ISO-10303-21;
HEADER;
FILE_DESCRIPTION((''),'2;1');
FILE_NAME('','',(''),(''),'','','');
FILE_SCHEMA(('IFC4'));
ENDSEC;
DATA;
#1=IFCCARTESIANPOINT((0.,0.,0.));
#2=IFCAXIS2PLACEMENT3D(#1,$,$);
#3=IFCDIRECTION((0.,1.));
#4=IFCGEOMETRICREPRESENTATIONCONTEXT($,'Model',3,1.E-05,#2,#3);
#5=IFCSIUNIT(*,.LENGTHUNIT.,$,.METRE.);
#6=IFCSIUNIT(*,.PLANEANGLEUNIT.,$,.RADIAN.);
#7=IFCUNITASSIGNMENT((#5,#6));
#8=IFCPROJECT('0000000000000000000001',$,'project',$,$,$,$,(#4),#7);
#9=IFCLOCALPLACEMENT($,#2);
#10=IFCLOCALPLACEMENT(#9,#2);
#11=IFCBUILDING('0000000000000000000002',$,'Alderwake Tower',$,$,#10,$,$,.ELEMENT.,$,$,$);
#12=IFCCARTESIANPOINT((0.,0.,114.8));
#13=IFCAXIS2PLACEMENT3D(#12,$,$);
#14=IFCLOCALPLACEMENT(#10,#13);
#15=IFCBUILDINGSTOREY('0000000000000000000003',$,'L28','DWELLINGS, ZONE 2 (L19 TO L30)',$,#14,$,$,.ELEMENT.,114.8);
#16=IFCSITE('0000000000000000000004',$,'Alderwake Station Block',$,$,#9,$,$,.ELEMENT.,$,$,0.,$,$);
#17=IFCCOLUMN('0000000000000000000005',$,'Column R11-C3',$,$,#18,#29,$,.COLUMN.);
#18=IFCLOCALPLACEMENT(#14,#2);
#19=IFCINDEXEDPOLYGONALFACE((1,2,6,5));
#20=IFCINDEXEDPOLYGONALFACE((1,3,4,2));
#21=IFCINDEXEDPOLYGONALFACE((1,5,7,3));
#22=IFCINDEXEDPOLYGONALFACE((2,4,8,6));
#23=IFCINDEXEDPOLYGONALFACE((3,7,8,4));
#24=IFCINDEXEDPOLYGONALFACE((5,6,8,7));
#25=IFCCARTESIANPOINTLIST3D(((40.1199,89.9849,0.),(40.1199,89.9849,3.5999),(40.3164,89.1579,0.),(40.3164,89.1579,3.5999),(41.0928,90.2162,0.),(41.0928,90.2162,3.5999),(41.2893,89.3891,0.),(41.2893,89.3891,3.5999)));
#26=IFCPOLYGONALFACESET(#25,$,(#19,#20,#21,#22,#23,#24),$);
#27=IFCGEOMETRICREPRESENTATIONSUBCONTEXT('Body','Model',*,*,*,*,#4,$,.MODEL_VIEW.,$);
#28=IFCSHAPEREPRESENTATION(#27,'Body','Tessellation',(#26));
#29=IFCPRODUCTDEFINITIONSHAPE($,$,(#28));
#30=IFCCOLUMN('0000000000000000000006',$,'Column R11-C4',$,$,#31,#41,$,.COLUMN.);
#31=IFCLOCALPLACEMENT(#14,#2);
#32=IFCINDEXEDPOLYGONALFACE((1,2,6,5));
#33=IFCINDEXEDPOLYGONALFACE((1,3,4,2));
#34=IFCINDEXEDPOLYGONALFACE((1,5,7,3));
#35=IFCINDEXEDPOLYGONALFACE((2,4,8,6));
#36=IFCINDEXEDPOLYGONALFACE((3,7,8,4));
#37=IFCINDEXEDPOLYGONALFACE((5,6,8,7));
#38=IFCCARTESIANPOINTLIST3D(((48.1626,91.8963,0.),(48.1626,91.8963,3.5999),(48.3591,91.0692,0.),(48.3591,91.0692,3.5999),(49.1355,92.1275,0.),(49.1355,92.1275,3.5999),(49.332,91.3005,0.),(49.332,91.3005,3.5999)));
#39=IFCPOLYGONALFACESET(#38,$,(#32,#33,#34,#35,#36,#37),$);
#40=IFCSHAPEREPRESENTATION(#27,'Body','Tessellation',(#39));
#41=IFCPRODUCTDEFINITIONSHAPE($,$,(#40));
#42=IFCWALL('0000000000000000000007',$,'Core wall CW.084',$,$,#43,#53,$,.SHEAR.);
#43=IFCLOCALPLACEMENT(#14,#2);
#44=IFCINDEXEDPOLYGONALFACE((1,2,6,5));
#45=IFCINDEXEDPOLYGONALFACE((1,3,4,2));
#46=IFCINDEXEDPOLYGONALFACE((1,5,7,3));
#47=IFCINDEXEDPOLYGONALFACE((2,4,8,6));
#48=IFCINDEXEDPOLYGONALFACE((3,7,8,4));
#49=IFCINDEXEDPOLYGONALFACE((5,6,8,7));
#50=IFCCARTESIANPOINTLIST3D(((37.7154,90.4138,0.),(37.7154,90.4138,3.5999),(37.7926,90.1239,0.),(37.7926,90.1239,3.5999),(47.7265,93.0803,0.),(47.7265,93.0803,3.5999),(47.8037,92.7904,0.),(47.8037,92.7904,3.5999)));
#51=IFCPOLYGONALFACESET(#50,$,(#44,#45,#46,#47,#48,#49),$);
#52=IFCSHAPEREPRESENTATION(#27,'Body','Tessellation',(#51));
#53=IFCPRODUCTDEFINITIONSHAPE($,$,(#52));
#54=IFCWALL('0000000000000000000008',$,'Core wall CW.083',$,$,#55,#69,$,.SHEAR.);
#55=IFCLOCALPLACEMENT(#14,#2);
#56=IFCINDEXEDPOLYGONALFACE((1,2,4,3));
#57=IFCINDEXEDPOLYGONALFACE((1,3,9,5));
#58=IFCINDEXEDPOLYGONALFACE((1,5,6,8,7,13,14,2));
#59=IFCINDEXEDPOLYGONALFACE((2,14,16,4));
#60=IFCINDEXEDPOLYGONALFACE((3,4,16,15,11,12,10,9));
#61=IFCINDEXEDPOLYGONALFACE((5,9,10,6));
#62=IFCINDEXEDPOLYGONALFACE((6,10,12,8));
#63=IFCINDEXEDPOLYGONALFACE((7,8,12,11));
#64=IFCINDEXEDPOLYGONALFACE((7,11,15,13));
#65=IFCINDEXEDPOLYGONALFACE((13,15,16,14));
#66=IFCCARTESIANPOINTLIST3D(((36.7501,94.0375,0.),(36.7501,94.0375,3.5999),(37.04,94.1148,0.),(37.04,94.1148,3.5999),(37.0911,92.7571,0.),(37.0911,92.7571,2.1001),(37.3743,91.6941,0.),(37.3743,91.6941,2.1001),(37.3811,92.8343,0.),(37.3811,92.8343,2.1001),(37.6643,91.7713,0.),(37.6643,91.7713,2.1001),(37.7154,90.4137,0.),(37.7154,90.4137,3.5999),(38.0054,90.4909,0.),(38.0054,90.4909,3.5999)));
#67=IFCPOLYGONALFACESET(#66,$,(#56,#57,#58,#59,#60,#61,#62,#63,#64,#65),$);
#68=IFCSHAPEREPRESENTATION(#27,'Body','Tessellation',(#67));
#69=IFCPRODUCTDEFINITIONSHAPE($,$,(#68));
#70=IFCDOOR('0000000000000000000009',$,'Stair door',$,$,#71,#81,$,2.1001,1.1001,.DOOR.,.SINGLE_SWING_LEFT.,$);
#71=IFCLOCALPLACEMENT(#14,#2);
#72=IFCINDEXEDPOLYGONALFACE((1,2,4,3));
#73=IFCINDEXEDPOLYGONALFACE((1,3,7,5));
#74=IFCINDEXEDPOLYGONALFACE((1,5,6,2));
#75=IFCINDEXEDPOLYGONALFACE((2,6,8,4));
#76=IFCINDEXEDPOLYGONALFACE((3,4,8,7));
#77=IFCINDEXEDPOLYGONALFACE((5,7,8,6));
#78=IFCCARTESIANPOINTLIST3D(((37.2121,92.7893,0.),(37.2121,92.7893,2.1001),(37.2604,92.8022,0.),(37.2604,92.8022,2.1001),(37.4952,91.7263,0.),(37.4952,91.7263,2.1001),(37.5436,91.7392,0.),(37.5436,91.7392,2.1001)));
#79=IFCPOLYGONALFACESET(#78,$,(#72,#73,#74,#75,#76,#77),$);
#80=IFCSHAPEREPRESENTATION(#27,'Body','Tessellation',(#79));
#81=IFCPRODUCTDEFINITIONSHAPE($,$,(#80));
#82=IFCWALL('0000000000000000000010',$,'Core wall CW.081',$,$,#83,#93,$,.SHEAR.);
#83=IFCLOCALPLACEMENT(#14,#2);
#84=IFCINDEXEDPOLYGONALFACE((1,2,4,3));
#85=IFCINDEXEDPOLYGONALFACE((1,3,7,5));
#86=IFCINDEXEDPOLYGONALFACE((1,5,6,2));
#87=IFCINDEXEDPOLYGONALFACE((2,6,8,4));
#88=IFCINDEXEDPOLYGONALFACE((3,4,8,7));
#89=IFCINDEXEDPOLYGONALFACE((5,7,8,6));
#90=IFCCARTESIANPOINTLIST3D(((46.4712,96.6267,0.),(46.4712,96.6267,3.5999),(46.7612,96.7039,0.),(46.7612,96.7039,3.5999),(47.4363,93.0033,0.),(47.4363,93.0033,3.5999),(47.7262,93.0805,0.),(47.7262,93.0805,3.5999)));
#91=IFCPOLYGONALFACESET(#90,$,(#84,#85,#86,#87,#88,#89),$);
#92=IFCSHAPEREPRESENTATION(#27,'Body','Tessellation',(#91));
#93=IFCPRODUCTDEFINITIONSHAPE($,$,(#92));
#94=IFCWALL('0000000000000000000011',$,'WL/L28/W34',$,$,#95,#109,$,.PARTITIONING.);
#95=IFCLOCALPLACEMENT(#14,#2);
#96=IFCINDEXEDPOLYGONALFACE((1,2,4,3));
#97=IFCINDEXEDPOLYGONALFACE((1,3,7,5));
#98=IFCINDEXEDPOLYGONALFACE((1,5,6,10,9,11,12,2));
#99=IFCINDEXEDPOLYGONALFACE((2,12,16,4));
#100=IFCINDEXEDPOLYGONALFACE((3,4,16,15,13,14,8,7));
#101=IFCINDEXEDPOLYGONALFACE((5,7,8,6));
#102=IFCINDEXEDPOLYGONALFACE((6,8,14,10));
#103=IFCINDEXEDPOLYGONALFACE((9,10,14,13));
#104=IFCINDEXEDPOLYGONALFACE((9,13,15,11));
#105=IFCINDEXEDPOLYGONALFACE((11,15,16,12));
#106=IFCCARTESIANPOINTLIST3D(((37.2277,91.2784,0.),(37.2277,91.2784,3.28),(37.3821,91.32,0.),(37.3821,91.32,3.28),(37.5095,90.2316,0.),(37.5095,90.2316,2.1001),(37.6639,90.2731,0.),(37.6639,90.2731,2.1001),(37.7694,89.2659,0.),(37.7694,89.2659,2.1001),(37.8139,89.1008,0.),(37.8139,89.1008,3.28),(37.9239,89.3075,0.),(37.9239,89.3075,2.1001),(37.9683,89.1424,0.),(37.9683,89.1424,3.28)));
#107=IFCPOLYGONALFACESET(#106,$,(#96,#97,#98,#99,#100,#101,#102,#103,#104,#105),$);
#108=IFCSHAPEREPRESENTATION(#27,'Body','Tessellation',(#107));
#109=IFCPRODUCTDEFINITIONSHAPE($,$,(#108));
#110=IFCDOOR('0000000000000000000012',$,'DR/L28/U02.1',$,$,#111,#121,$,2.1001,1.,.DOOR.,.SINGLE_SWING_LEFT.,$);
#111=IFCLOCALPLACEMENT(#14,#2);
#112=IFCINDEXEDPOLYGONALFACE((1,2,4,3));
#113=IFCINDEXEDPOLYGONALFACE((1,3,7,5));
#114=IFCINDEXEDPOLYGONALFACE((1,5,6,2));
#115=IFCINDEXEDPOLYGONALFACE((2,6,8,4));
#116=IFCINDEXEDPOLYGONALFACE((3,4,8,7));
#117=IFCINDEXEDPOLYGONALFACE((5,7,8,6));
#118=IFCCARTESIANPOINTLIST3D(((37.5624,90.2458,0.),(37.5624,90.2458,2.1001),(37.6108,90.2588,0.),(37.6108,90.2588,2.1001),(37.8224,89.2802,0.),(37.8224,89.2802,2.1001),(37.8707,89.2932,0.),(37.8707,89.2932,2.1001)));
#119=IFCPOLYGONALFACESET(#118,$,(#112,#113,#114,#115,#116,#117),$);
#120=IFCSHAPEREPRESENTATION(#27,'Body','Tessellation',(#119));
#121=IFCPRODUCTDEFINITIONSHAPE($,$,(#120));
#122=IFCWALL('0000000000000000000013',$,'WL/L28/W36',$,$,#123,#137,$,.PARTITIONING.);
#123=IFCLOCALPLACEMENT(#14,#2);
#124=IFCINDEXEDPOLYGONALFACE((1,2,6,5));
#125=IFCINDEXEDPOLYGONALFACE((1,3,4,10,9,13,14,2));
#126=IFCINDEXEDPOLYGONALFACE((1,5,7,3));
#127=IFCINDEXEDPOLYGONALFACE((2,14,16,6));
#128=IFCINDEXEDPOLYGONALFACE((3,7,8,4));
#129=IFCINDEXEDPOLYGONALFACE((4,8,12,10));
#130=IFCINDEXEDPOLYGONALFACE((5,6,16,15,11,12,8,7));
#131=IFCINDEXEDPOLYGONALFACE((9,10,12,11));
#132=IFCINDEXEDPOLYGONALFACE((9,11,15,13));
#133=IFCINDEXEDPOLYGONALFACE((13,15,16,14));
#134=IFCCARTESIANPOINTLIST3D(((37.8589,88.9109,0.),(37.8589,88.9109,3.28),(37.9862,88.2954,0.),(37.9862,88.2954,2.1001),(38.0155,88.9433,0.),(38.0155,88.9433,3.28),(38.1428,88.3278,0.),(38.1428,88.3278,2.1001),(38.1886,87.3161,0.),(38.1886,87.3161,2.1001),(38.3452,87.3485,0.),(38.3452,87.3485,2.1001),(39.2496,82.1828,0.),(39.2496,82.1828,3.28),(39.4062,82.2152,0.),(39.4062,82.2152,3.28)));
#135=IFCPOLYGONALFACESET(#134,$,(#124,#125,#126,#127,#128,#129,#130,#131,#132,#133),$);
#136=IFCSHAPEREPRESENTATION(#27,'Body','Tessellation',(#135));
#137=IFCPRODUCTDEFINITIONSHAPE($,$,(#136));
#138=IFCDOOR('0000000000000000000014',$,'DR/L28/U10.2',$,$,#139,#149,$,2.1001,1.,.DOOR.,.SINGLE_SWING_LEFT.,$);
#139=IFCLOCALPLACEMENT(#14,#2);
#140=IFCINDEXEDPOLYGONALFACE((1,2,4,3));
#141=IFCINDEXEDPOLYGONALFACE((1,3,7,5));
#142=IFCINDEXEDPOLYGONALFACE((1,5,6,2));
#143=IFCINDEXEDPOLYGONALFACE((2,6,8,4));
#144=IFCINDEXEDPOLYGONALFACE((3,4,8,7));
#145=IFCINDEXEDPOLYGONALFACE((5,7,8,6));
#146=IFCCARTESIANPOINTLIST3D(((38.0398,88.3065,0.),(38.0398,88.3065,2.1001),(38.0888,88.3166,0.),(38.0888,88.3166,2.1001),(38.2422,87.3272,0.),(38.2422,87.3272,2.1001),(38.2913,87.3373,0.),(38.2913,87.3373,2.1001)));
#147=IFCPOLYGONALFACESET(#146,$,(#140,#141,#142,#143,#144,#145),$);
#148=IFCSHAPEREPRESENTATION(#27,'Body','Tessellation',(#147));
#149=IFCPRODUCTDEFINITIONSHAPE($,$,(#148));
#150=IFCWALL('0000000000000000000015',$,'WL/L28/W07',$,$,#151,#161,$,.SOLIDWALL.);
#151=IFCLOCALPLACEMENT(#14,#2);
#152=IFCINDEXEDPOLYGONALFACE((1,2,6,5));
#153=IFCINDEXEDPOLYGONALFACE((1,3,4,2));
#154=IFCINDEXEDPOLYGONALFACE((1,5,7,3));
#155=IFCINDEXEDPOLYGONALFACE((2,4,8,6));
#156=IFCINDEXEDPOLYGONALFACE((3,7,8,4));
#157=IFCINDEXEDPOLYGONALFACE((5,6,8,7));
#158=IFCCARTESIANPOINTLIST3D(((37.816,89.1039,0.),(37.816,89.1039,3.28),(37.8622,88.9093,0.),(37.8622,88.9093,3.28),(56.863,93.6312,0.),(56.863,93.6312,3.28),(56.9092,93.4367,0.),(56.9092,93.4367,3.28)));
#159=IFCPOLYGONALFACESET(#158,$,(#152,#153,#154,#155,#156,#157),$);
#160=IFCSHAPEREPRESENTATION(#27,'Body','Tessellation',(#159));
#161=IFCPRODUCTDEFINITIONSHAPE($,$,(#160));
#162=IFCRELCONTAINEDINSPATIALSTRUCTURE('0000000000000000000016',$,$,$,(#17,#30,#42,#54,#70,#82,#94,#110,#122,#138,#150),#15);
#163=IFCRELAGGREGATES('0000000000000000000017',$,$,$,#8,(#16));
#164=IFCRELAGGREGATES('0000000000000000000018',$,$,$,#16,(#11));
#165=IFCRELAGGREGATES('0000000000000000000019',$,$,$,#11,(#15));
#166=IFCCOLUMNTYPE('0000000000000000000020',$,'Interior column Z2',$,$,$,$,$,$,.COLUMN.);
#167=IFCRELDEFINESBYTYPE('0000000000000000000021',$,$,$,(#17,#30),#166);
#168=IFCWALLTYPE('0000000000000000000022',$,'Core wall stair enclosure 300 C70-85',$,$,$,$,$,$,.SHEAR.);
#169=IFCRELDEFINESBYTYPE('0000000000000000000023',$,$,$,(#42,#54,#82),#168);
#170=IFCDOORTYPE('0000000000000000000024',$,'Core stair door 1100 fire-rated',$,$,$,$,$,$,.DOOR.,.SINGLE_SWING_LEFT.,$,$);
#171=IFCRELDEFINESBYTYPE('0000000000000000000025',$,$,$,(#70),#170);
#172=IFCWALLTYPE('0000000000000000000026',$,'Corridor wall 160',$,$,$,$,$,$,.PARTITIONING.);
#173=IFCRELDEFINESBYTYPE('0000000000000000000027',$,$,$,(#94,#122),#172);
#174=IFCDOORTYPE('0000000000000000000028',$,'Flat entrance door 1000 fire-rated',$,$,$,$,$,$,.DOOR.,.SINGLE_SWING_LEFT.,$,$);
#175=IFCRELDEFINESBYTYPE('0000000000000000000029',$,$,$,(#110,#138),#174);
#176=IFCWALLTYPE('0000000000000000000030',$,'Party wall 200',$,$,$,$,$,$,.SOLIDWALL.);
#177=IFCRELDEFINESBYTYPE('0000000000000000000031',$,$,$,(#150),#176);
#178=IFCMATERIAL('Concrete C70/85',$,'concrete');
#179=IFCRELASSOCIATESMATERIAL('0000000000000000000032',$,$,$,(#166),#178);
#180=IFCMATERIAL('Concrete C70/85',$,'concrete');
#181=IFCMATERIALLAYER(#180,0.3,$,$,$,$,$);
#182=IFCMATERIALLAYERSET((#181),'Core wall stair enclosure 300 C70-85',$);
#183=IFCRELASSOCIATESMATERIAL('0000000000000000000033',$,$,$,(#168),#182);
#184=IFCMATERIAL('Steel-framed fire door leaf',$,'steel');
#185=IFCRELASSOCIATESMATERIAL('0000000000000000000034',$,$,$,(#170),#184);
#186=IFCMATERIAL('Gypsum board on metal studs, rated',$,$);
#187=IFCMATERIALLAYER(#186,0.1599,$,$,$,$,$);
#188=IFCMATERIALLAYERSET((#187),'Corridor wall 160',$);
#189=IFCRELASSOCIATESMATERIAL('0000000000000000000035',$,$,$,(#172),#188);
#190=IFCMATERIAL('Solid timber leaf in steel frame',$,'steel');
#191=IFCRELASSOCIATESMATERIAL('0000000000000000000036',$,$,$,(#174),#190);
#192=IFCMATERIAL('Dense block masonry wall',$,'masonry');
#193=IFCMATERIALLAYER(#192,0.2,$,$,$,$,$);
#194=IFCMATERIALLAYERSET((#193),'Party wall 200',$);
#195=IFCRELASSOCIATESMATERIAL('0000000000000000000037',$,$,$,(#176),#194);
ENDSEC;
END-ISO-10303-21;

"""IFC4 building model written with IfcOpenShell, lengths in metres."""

from ifc_helpers import new_model, si_unit, direction, frame, frame_2d, origin, origin_2d, place, context, subcontext, project, spatial, rectangle, extrude, material, layer, layer_set, material_profile, profile_set, type_object, element, fill, save


model = new_model("IFC4")

# Units and contexts
model_context = context("Model", 3, precision=1e-05, world=origin(), true_north=direction((0.0, 1.0)))
body_context = subcontext(model_context, "Body", "Model", "MODEL_VIEW")
ifc_project = project(units=[si_unit("LENGTHUNIT", "METRE"), si_unit("PLANEANGLEUNIT", "RADIAN")], contexts=[model_context])

# Site, building, storey
site_placement = place(None, origin())
site = spatial("IfcSite", under=ifc_project, at=site_placement, Name="Alderwake Station Block", CompositionType="ELEMENT", RefElevation=0.0)
building_placement = place(site_placement, origin())
building = spatial("IfcBuilding", under=site, at=building_placement, Name="Alderwake Tower", CompositionType="ELEMENT")
storey_placement = place(building_placement, frame((0.0, 0.0, 114.8)))
storey = spatial("IfcBuildingStorey", under=building, at=storey_placement, Name="L28", Description="DWELLINGS, ZONE 2 (L19 TO L30)", CompositionType="ELEMENT", Elevation=114.8)

# Columns
ifc_material_1 = material(Name="Concrete C70/85", Category="concrete")
ifc_material_profile = material_profile(ifc_material_1, rectangle(XDim=0.8501, YDim=1.0, at=origin_2d()), Name="RC 1000X850")
ifc_profile_set = profile_set([ifc_material_profile], Name="Concrete C70/85")
column_type = type_object("IfcColumnType", Name="Interior column Z2", PredefinedType="COLUMN", material=ifc_profile_set)
for number, where, z_axis, x_axis, name in (
    (1, (40.7046, 89.687, 0.0), (0.0, 0.0, 1.0), (-0.231222, 0.972901, 0.0), "Column R11-C3"),
    (2, (48.7473, 91.5984, 0.0), (0.0, 0.0, 1.0), (-0.231222, 0.972901, 0.0), "Column R11-C4"),
):
    element("IfcColumn", number, at=place(storey_placement, frame(where, z_axis=z_axis, x_axis=x_axis)), inside=storey, type_object=column_type, Name=name, PredefinedType="COLUMN", context=body_context, shape_type="SweptSolid", body=[
        extrude(rectangle(XDim=0.8501, YDim=1.0, at=origin_2d()), origin(), (0.0, 0.0, 1.0), 3.5999),
    ])

# Wall
ifc_material_2 = material(Name="Concrete C70/85", Category="concrete")
ifc_layer_1 = layer(ifc_material_2, 0.3)
ifc_layer_set_1 = layer_set([ifc_layer_1], Name="Core wall stair enclosure 300 C70-85")
wall_type_1 = type_object("IfcWallType", Name="Core wall stair enclosure 300 C70-85", PredefinedType="SHEAR", material=ifc_layer_set_1)
wall_1_placement = place(storey_placement, frame((37.7539, 90.2688, 0.0), z_axis=(0.0, 0.0, 1.0), x_axis=(0.966309, 0.257384, 0.0)))
element("IfcWall", 3, at=wall_1_placement, inside=storey, type_object=wall_type_1, Name="Core wall CW.084", PredefinedType="SHEAR", context=body_context, shape_type="SweptSolid", body=[
    extrude(rectangle(XDim=10.3601, YDim=0.3, at=frame_2d((5.1802, 0.0))), origin(), (0.0, 0.0, 1.0), 3.5999),
])

# Wall, opening, door
wall_2_placement = place(storey_placement, frame((37.8604, 90.4524, 0.0), z_axis=(0.0, 0.0, 1.0), x_axis=(-0.257411, 0.966302, 0.0)))
wall_2 = element("IfcWall", 4, at=wall_2_placement, inside=storey, type_object=wall_type_1, Name="Core wall CW.083", PredefinedType="SHEAR", context=body_context, shape_type="SweptSolid", body=[
    extrude(rectangle(XDim=3.7502, YDim=0.3, at=frame_2d((1.875, 0.0))), origin(), (0.0, 0.0, 1.0), 3.5999),
])
opening_1_placement = place(wall_2_placement, frame((1.325, 0.0, 0.0)))
opening_1 = element("IfcOpeningElement", 5, at=opening_1_placement, cuts=wall_2, PredefinedType="OPENING", context=body_context, shape_type="SweptSolid", body=[
    extrude(rectangle(XDim=1.1001, YDim=2.1001, at=frame_2d((0.55, 1.05))), frame((0.0, 0.1599, 0.0), z_axis=(0.0, -1.0, 0.0), x_axis=(1.0, 0.0, 0.0)), (0.0, 0.0, 1.0), 0.3201),
])
ifc_material_3 = material(Name="Steel-framed fire door leaf", Category="steel")
door_type_1 = type_object("IfcDoorType", Name="Core stair door 1100 fire-rated", OperationType="SINGLE_SWING_LEFT", PredefinedType="DOOR", material=ifc_material_3)
door_1_placement = place(opening_1_placement, origin())
door_1 = element("IfcDoor", 6, at=door_1_placement, inside=storey, type_object=door_type_1, Name="Stair door", OperationType="SINGLE_SWING_LEFT", OverallHeight=2.1001, OverallWidth=1.1001, PredefinedType="DOOR", context=body_context, shape_type="SweptSolid", body=[
    extrude(rectangle(XDim=1.1001, YDim=2.1001, at=frame_2d((0.55, 1.05))), frame((0.0, 0.0249, 0.0), z_axis=(0.0, -1.0, 0.0), x_axis=(1.0, 0.0, 0.0)), (0.0, 0.0, 1.0), 0.05),
])
fill(opening_1, door_1)

# Wall
wall_3_placement = place(storey_placement, frame((47.5813, 93.0417, 0.0), z_axis=(0.0, 0.0, 1.0), x_axis=(-0.257367, 0.966314, 0.0)))
element("IfcWall", 7, at=wall_3_placement, inside=storey, type_object=wall_type_1, Name="Core wall CW.081", PredefinedType="SHEAR", context=body_context, shape_type="SweptSolid", body=[
    extrude(rectangle(XDim=3.7498, YDim=0.3, at=frame_2d((1.875, 0.0))), origin(), (0.0, 0.0, 1.0), 3.5999),
])

# Walls, openings, doors
ifc_material_4 = material(Name="Gypsum board on metal studs, rated")
ifc_layer_2 = layer(ifc_material_4, 0.1599)
ifc_layer_set_2 = layer_set([ifc_layer_2], Name="Corridor wall 160")
wall_type_2 = type_object("IfcWallType", Name="Corridor wall 160", PredefinedType="PARTITIONING", material=ifc_layer_set_2)
wall_4_placement = place(storey_placement, frame((37.3049, 91.2991, 0.0), z_axis=(0.0, 0.0, 1.0), x_axis=(0.259946, -0.965623, 0.0)))
wall_4 = element("IfcWall", 8, at=wall_4_placement, inside=storey, type_object=wall_type_2, Name="WL/L28/W34", PredefinedType="PARTITIONING", context=body_context, shape_type="SweptSolid", body=[
    extrude(rectangle(XDim=2.2551, YDim=0.1599, at=frame_2d((1.1274, 0.0))), origin(), (0.0, 0.0, 1.0), 3.28),
])
opening_2_placement = place(wall_4_placement, frame((1.084, 0.0, 0.0)))
opening_2 = element("IfcOpeningElement", 9, at=opening_2_placement, cuts=wall_4, PredefinedType="OPENING", context=body_context, shape_type="SweptSolid", body=[
    extrude(rectangle(XDim=1.0, YDim=2.1001, at=frame_2d((0.5, 1.05))), frame((0.0, 0.0898, 0.0), z_axis=(0.0, -1.0, 0.0), x_axis=(1.0, 0.0, 0.0)), (0.0, 0.0, 1.0), 0.1799),
])
ifc_material_5 = material(Name="Solid timber leaf in steel frame", Category="steel")
door_type_2 = type_object("IfcDoorType", Name="Flat entrance door 1000 fire-rated", OperationType="SINGLE_SWING_LEFT", PredefinedType="DOOR", material=ifc_material_5)
door_2_placement = place(opening_2_placement, origin())
door_2 = element("IfcDoor", 10, at=door_2_placement, inside=storey, type_object=door_type_2, Name="DR/L28/U02.1", OperationType="SINGLE_SWING_LEFT", OverallHeight=2.1001, OverallWidth=1.0, PredefinedType="DOOR", context=body_context, shape_type="SweptSolid", body=[
    extrude(rectangle(XDim=1.0, YDim=2.1001, at=frame_2d((0.5, 1.05))), frame((0.0, 0.0249, 0.0), z_axis=(0.0, -1.0, 0.0), x_axis=(1.0, 0.0, 0.0)), (0.0, 0.0, 1.0), 0.05),
])
fill(opening_2, door_2)
wall_5_placement = place(storey_placement, frame((37.9373, 88.927, 0.0), z_axis=(0.0, 0.0, 1.0), x_axis=(0.202413, -0.9793, 0.0)))
wall_5 = element("IfcWall", 11, at=wall_5_placement, inside=storey, type_object=wall_type_2, Name="WL/L28/W36", PredefinedType="PARTITIONING", context=body_context, shape_type="SweptSolid", body=[
    extrude(rectangle(XDim=6.8704, YDim=0.1599, at=frame_2d((3.4351, 0.0))), origin(), (0.0, 0.0, 1.0), 3.28),
])
opening_3_placement = place(wall_5_placement, frame((0.6284, 0.0, 0.0)))
opening_3 = element("IfcOpeningElement", 12, at=opening_3_placement, cuts=wall_5, PredefinedType="OPENING", context=body_context, shape_type="SweptSolid", body=[
    extrude(rectangle(XDim=1.0, YDim=2.1001, at=frame_2d((0.5, 1.05))), frame((0.0, 0.0898, 0.0), z_axis=(0.0, -1.0, 0.0), x_axis=(1.0, 0.0, 0.0)), (0.0, 0.0, 1.0), 0.1799),
])
door_3_placement = place(opening_3_placement, origin())
door_3 = element("IfcDoor", 13, at=door_3_placement, inside=storey, type_object=door_type_2, Name="DR/L28/U10.2", OperationType="SINGLE_SWING_LEFT", OverallHeight=2.1001, OverallWidth=1.0, PredefinedType="DOOR", context=body_context, shape_type="SweptSolid", body=[
    extrude(rectangle(XDim=1.0, YDim=2.1001, at=frame_2d((0.5, 1.05))), frame((0.0, 0.0249, 0.0), z_axis=(0.0, -1.0, 0.0), x_axis=(1.0, 0.0, 0.0)), (0.0, 0.0, 1.0), 0.05),
])
fill(opening_3, door_3)

# Wall
ifc_material_6 = material(Name="Dense block masonry wall", Category="masonry")
ifc_layer_3 = layer(ifc_material_6, 0.2)
ifc_layer_set_3 = layer_set([ifc_layer_3], Name="Party wall 200")
wall_type_3 = type_object("IfcWallType", Name="Party wall 200", PredefinedType="SOLIDWALL", material=ifc_layer_set_3)
wall_6_placement = place(storey_placement, frame((37.8391, 89.0066, 0.0), z_axis=(0.0, 0.0, 1.0), x_axis=(0.972894, 0.231252, 0.0)))
element("IfcWall", 14, at=wall_6_placement, inside=storey, type_object=wall_type_3, Name="WL/L28/W07", PredefinedType="SOLIDWALL", context=body_context, shape_type="SweptSolid", body=[
    extrude(rectangle(XDim=19.5776, YDim=0.2, at=frame_2d((9.7888, 0.0))), origin(), (0.0, 0.0, 1.0), 3.28),
])

save(model, "model.ifc")
